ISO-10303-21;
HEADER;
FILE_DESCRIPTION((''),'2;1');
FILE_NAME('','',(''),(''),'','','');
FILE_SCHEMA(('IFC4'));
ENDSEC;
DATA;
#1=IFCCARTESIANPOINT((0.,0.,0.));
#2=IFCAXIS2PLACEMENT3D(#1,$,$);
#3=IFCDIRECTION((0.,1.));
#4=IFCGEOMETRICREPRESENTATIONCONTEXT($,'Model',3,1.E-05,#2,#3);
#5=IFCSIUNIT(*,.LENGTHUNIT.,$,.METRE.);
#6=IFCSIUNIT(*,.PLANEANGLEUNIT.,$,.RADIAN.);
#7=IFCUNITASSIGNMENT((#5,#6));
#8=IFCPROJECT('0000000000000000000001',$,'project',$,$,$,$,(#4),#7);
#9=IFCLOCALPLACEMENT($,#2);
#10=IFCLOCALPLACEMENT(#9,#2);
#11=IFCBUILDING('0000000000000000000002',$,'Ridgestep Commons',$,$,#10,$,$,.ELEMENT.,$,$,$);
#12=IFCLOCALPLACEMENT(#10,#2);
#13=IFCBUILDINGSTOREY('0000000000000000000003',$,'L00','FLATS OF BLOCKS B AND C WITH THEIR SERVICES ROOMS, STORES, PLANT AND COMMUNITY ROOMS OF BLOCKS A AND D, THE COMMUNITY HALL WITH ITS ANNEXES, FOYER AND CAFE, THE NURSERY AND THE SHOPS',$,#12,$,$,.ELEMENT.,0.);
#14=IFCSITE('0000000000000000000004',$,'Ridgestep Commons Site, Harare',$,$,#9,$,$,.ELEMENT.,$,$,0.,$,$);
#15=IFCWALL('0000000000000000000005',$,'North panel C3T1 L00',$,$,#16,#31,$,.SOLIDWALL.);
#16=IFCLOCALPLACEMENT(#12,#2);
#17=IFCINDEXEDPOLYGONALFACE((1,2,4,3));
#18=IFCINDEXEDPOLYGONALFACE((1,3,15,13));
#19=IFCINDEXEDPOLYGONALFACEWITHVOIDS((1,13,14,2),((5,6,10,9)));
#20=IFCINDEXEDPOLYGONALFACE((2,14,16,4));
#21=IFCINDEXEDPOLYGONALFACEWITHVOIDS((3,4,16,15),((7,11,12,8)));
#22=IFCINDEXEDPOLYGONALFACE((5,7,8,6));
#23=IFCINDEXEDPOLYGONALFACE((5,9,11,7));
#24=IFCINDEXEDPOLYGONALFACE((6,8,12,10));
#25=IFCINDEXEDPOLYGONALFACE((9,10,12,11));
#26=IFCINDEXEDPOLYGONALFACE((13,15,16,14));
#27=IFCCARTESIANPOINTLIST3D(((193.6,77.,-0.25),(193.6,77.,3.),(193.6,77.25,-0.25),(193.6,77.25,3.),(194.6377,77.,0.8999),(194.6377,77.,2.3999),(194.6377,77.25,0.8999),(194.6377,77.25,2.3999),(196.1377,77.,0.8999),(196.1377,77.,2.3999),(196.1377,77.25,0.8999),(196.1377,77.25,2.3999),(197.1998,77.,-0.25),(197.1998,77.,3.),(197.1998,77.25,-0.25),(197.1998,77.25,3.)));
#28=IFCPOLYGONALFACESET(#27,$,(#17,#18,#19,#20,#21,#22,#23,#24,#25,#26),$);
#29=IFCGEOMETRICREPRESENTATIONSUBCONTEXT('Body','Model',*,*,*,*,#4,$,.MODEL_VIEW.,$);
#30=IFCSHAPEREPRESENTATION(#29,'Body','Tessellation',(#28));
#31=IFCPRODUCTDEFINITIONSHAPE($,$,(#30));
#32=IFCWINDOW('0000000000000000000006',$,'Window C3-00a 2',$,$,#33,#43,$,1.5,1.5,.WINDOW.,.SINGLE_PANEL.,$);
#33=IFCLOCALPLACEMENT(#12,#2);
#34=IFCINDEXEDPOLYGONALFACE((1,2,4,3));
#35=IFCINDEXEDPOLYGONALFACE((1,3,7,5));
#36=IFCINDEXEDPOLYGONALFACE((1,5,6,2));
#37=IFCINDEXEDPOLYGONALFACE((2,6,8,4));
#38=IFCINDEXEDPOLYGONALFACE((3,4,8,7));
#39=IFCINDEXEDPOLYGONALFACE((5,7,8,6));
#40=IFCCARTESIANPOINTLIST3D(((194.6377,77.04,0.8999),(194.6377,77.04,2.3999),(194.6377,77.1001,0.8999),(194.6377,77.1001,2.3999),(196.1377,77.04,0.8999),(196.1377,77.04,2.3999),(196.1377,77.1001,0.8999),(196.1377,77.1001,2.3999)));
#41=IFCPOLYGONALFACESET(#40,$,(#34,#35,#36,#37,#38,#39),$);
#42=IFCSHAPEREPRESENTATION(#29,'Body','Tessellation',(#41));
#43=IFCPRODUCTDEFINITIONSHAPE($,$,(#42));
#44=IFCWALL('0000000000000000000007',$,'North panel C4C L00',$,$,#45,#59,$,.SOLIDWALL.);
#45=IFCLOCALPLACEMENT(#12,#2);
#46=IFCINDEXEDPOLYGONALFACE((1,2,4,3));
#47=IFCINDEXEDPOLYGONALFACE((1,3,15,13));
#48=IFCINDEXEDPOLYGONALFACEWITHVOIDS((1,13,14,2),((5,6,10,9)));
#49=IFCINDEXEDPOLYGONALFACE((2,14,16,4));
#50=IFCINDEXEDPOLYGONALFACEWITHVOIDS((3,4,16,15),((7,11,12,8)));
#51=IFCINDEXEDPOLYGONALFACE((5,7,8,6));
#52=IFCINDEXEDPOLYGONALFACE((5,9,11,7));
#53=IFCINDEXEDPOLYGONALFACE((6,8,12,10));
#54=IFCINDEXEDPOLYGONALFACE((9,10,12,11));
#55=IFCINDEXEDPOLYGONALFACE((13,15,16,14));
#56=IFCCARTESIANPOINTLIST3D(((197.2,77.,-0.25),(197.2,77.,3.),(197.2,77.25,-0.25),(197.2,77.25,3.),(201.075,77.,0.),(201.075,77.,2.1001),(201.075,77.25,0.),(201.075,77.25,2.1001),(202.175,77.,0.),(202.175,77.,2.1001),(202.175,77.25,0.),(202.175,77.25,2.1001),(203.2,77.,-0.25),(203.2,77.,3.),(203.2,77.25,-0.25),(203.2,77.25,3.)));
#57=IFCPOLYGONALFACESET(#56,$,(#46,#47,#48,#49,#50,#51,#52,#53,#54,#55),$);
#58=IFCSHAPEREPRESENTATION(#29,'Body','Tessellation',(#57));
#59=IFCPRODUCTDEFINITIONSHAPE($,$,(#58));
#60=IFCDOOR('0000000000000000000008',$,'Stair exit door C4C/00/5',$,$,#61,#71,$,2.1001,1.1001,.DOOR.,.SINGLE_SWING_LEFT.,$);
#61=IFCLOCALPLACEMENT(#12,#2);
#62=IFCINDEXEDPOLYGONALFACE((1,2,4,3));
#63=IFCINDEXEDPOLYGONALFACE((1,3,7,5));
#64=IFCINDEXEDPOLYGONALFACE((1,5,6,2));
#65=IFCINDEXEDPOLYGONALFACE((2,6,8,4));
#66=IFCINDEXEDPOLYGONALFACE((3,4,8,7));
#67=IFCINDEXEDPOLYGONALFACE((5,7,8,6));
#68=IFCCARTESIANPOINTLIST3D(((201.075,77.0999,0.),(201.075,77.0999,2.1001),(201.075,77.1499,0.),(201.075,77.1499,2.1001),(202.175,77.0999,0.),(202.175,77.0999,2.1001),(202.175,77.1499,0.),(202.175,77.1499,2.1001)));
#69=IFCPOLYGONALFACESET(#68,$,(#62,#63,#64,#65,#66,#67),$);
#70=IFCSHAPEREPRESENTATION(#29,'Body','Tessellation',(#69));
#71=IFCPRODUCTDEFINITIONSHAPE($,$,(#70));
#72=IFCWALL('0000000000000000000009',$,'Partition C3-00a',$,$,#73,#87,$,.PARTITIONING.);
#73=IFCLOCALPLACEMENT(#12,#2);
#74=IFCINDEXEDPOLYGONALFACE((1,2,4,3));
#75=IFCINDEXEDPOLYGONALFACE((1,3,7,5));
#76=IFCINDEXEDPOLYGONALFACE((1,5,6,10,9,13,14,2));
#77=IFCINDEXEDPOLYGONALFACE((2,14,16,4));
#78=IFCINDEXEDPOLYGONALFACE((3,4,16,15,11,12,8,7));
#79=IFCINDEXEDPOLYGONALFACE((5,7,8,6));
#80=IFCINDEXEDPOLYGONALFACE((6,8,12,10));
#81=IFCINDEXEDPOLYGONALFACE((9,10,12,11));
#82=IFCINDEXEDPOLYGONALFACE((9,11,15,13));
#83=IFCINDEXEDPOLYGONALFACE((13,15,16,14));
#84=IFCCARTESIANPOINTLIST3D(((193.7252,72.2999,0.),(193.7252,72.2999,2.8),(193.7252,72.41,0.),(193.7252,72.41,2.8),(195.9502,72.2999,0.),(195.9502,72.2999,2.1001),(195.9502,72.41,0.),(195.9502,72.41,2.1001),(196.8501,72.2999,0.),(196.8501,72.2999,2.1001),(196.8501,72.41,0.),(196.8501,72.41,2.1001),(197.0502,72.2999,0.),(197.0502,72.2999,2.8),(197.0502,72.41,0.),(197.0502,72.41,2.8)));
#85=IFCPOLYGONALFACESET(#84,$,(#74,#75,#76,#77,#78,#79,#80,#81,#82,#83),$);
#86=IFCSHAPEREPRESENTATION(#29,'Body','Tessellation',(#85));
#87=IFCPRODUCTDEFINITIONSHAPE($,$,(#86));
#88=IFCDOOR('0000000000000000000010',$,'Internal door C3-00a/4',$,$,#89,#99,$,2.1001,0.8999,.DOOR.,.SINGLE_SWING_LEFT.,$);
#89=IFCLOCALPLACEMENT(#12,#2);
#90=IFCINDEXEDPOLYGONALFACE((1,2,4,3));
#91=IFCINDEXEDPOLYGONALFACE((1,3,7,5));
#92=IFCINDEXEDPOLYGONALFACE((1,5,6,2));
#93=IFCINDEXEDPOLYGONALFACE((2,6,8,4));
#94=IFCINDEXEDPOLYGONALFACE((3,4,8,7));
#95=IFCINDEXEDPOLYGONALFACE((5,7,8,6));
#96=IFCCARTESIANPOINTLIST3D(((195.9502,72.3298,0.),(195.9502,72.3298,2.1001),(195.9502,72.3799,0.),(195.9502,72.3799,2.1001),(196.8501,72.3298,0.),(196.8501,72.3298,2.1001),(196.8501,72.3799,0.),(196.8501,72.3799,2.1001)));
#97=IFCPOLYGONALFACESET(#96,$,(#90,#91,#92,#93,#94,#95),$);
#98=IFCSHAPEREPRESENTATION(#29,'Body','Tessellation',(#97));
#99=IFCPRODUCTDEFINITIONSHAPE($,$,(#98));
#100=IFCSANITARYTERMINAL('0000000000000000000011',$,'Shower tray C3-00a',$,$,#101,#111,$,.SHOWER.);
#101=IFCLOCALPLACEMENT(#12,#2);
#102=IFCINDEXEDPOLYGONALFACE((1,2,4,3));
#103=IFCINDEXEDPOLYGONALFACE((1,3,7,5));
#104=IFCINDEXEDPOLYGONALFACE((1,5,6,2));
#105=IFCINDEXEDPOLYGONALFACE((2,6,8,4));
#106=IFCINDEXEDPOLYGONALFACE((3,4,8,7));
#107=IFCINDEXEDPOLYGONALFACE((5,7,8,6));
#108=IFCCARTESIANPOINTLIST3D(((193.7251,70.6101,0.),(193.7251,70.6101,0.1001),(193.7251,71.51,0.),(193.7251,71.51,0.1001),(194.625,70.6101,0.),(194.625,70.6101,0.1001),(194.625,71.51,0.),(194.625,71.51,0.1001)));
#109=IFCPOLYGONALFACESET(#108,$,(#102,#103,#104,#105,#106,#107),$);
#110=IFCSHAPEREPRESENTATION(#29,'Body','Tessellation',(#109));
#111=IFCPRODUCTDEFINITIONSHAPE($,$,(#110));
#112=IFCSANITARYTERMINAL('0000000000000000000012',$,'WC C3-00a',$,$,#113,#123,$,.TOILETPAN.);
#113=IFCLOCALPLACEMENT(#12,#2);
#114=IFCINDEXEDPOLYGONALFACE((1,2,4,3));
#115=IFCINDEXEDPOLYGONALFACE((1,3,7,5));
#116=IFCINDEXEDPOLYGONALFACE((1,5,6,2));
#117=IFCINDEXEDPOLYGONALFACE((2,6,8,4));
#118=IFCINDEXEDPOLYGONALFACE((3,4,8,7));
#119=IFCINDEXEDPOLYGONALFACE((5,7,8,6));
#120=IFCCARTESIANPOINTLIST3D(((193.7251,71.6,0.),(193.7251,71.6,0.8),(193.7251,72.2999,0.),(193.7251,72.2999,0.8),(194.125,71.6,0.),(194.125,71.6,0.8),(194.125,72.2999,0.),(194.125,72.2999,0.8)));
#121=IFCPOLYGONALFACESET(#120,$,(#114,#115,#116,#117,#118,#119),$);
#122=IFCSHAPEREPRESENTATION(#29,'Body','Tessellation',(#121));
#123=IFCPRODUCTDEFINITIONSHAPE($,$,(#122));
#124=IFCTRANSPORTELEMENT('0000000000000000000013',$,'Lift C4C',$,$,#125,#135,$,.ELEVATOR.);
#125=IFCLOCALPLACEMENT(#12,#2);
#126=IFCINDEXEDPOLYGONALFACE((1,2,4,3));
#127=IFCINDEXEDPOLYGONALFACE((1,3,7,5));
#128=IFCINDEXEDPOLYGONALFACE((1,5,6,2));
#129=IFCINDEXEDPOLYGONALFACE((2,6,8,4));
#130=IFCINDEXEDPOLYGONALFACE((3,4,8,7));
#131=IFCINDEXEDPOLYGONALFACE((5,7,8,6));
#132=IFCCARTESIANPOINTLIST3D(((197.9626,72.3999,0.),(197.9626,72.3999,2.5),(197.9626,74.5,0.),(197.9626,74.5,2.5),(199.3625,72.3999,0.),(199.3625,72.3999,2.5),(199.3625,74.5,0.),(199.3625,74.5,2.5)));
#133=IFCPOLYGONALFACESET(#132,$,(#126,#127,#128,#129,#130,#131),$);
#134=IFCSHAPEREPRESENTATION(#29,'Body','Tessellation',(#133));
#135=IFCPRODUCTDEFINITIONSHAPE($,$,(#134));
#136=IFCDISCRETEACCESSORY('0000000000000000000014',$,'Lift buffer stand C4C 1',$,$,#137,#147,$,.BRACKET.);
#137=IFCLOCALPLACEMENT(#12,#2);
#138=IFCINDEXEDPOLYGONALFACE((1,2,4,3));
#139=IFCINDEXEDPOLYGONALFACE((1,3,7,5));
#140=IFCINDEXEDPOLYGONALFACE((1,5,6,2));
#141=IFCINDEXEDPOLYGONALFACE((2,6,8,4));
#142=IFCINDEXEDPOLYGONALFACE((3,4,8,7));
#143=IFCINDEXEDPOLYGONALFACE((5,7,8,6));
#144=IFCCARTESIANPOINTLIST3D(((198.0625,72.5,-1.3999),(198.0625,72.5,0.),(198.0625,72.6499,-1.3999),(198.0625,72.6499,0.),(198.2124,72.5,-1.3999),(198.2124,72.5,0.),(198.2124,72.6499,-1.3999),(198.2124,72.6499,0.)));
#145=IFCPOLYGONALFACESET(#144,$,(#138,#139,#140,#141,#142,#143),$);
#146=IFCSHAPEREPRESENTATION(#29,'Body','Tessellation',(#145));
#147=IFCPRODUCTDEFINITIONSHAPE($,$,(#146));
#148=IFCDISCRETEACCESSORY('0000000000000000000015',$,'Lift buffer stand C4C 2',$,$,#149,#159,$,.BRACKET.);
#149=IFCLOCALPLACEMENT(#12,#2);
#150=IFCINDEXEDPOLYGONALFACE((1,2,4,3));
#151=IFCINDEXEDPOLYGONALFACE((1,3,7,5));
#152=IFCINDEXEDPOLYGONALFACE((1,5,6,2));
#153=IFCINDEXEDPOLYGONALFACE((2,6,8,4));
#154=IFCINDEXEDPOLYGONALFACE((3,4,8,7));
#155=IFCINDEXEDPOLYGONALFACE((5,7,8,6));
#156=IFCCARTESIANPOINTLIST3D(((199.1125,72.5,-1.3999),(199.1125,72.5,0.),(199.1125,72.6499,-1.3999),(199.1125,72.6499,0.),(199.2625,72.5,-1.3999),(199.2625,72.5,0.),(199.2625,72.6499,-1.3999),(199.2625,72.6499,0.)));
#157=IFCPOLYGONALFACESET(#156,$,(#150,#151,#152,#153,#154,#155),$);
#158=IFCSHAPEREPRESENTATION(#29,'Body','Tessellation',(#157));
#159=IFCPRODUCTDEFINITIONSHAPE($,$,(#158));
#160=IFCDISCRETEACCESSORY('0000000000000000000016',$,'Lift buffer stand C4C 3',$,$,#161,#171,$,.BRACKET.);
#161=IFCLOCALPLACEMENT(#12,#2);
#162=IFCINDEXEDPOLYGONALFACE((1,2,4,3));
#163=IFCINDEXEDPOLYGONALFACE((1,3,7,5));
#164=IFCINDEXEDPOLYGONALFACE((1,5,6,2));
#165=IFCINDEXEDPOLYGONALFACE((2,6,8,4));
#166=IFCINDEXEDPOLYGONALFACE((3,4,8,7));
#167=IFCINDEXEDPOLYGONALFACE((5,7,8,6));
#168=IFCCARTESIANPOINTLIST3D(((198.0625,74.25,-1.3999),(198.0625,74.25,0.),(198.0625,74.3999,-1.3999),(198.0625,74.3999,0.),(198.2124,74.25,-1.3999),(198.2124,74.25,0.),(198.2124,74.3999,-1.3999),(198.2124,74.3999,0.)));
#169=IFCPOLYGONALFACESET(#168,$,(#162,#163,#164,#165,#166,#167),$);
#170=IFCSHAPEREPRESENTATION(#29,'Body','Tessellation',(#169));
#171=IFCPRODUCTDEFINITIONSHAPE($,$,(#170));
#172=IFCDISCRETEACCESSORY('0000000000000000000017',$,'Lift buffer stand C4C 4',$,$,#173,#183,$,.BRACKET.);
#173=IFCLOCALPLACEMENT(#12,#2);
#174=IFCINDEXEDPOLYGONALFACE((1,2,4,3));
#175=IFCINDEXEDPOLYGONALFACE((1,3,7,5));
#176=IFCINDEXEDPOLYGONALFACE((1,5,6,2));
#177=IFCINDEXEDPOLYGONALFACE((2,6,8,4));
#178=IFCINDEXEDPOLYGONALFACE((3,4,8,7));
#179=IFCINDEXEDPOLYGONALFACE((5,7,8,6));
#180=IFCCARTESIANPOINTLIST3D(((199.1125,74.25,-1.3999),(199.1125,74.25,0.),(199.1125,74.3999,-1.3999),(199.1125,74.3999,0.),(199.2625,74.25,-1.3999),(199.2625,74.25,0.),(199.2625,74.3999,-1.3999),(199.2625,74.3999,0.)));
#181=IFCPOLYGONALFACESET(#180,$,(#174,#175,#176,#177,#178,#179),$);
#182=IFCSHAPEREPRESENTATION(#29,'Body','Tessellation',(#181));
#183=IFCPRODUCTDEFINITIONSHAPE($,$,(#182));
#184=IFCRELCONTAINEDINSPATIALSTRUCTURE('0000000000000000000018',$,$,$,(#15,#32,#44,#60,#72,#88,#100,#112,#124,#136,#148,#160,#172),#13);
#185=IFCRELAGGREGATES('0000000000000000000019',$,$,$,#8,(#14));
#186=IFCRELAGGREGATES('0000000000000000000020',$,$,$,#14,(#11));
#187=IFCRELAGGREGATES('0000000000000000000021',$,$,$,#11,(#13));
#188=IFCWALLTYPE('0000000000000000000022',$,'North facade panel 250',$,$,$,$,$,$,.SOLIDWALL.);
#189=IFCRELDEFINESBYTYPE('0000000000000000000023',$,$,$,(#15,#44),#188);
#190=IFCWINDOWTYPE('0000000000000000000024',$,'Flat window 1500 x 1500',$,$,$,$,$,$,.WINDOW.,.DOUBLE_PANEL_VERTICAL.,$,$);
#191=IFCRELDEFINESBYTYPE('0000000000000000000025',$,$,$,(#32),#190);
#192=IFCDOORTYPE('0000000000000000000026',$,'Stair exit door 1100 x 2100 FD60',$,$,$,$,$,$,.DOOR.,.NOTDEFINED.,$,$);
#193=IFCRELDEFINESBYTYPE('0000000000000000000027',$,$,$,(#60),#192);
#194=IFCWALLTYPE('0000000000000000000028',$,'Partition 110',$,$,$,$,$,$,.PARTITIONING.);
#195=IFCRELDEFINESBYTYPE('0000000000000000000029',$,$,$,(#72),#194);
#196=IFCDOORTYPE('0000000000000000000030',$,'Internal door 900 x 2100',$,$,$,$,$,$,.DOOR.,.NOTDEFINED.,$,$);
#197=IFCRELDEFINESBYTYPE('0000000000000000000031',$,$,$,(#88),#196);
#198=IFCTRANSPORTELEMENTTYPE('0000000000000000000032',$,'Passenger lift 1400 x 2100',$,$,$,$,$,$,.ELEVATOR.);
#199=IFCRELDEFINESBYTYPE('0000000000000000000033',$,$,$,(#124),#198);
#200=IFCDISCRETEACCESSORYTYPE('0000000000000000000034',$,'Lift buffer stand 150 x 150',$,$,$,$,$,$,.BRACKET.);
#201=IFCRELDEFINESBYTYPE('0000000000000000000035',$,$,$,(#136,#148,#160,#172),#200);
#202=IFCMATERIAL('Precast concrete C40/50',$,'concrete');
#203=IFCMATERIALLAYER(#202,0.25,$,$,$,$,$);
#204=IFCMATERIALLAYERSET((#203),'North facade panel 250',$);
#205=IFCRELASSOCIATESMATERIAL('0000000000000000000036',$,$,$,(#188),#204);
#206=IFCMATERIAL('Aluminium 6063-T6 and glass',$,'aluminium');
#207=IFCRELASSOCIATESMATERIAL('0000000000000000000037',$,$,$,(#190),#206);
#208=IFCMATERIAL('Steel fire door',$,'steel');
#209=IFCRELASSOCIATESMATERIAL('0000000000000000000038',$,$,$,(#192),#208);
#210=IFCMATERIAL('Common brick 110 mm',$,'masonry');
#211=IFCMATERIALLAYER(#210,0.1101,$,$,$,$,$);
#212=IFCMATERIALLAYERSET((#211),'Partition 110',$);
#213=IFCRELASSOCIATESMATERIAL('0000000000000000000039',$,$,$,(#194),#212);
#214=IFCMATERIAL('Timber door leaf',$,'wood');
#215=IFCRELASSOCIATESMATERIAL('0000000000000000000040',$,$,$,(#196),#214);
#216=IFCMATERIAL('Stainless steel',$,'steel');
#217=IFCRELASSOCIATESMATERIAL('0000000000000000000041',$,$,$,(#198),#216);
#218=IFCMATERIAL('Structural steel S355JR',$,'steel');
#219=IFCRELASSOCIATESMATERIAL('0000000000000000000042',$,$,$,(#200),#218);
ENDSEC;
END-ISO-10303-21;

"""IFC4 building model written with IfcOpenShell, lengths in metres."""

from ifc_helpers import new_model, si_unit, direction, frame, frame_2d, origin, origin_2d, place, context, subcontext, project, spatial, rectangle, extrude, material, layer, layer_set, type_object, element, fill, save


model = new_model("IFC4")

# Units and contexts
model_context = context("Model", 3, precision=1e-05, world=origin(), true_north=direction((0.0, 1.0)))
body_context = subcontext(model_context, "Body", "Model", "MODEL_VIEW")
ifc_project = project(units=[si_unit("LENGTHUNIT", "METRE"), si_unit("PLANEANGLEUNIT", "RADIAN")], contexts=[model_context])

# Site, building, storey
site_placement = place(None, origin())
site = spatial("IfcSite", under=ifc_project, at=site_placement, Name="Ridgestep Commons Site, Harare", CompositionType="ELEMENT", RefElevation=0.0)
building_placement = place(site_placement, origin())
building = spatial("IfcBuilding", under=site, at=building_placement, Name="Ridgestep Commons", CompositionType="ELEMENT")
storey_placement = place(building_placement, origin())
storey = spatial("IfcBuildingStorey", under=building, at=storey_placement, Name="L00", Description="FLATS OF BLOCKS B AND C WITH THEIR SERVICES ROOMS, STORES, PLANT AND COMMUNITY ROOMS OF BLOCKS A AND D, THE COMMUNITY HALL WITH ITS ANNEXES, FOYER AND CAFE, THE NURSERY AND THE SHOPS", CompositionType="ELEMENT", Elevation=0.0)

# Wall, opening, window
ifc_material_1 = material(Name="Precast concrete C40/50", Category="concrete")
ifc_layer_1 = layer(ifc_material_1, 0.25)
ifc_layer_set_1 = layer_set([ifc_layer_1], Name="North facade panel 250")
wall_type_1 = type_object("IfcWallType", Name="North facade panel 250", PredefinedType="SOLIDWALL", material=ifc_layer_set_1)
wall_1_placement = place(storey_placement, frame((193.6001, 77.125, -0.25), z_axis=(0.0, 0.0, 1.0), x_axis=(1.0, 0.0, 0.0)))
wall_1 = element("IfcWall", 1, at=wall_1_placement, inside=storey, type_object=wall_type_1, Name="North panel C3T1 L00", PredefinedType="SOLIDWALL", context=body_context, shape_type="SweptSolid", body=[
    extrude(rectangle(XDim=3.5999, YDim=0.25, at=frame_2d((1.7998, 0.0))), origin(), (0.0, 0.0, 1.0), 3.25),
])
opening_1_placement = place(wall_1_placement, frame((1.0376, 0.0, 1.1499)))
opening_1 = element("IfcOpeningElement", 2, at=opening_1_placement, cuts=wall_1, PredefinedType="OPENING", context=body_context, shape_type="SweptSolid", body=[
    extrude(rectangle(XDim=1.5, YDim=1.5, at=frame_2d((0.75, 0.75))), frame((0.0, 0.135, 0.0), z_axis=(0.0, -1.0, 0.0), x_axis=(1.0, 0.0, 0.0)), (0.0, 0.0, 1.0), 0.27),
])
ifc_material_2 = material(Name="Aluminium 6063-T6 and glass", Category="aluminium")
window_type = type_object("IfcWindowType", Name="Flat window 1500 x 1500", PartitioningType="DOUBLE_PANEL_VERTICAL", PredefinedType="WINDOW", material=ifc_material_2)
window_placement = place(opening_1_placement, origin())
window = element("IfcWindow", 3, at=window_placement, inside=storey, type_object=window_type, Name="Window C3-00a 2", OverallHeight=1.5, OverallWidth=1.5, PartitioningType="SINGLE_PANEL", PredefinedType="WINDOW", context=body_context, shape_type="SweptSolid", body=[
    extrude(rectangle(XDim=1.5, YDim=1.5, at=frame_2d((0.75, 0.75))), frame((0.0, -0.0249, 0.0), z_axis=(0.0, -1.0, 0.0), x_axis=(1.0, 0.0, 0.0)), (0.0, 0.0, 1.0), 0.0601),
])
fill(opening_1, window)

# Walls, openings, doors
wall_2_placement = place(storey_placement, frame((197.2, 77.125, -0.25), z_axis=(0.0, 0.0, 1.0), x_axis=(1.0, 0.0, 0.0)))
wall_2 = element("IfcWall", 4, at=wall_2_placement, inside=storey, type_object=wall_type_1, Name="North panel C4C L00", PredefinedType="SOLIDWALL", context=body_context, shape_type="SweptSolid", body=[
    extrude(rectangle(XDim=6.0, YDim=0.25, at=frame_2d((3.0, 0.0))), origin(), (0.0, 0.0, 1.0), 3.25),
])
opening_2_placement = place(wall_2_placement, frame((3.875, 0.0, 0.25)))
opening_2 = element("IfcOpeningElement", 5, at=opening_2_placement, cuts=wall_2, PredefinedType="OPENING", context=body_context, shape_type="SweptSolid", body=[
    extrude(rectangle(XDim=1.1001, YDim=2.1001, at=frame_2d((0.55, 1.05))), frame((0.0, 0.135, 0.0), z_axis=(0.0, -1.0, 0.0), x_axis=(1.0, 0.0, 0.0)), (0.0, 0.0, 1.0), 0.27),
])
ifc_material_3 = material(Name="Steel fire door", Category="steel")
door_type_1 = type_object("IfcDoorType", Name="Stair exit door 1100 x 2100 FD60", OperationType="NOTDEFINED", PredefinedType="DOOR", material=ifc_material_3)
door_1_placement = place(opening_2_placement, origin())
door_1 = element("IfcDoor", 6, at=door_1_placement, inside=storey, type_object=door_type_1, Name="Stair exit door C4C/00/5", OperationType="SINGLE_SWING_LEFT", OverallHeight=2.1001, OverallWidth=1.1001, PredefinedType="DOOR", context=body_context, shape_type="SweptSolid", body=[
    extrude(rectangle(XDim=1.1001, YDim=2.1001, at=frame_2d((0.55, 1.05))), frame((0.0, 0.0249, 0.0), z_axis=(0.0, -1.0, 0.0), x_axis=(1.0, 0.0, 0.0)), (0.0, 0.0, 1.0), 0.05),
])
fill(opening_2, door_1)
ifc_material_4 = material(Name="Common brick 110 mm", Category="masonry")
ifc_layer_2 = layer(ifc_material_4, 0.1101)
ifc_layer_set_2 = layer_set([ifc_layer_2], Name="Partition 110")
wall_type_2 = type_object("IfcWallType", Name="Partition 110", PredefinedType="PARTITIONING", material=ifc_layer_set_2)
wall_3_placement = place(storey_placement, frame((193.7251, 72.355, 0.0), z_axis=(0.0, 0.0, 1.0), x_axis=(1.0, 0.0, 0.0)))
wall_3 = element("IfcWall", 7, at=wall_3_placement, inside=storey, type_object=wall_type_2, Name="Partition C3-00a", PredefinedType="PARTITIONING", context=body_context, shape_type="SweptSolid", body=[
    extrude(rectangle(XDim=3.325, YDim=0.1101, at=frame_2d((1.6626, 0.0))), origin(), (0.0, 0.0, 1.0), 2.8),
])
opening_3_placement = place(wall_3_placement, frame((2.2251, 0.0, 0.0)))
opening_3 = element("IfcOpeningElement", 8, at=opening_3_placement, cuts=wall_3, PredefinedType="OPENING", context=body_context, shape_type="SweptSolid", body=[
    extrude(rectangle(XDim=0.8999, YDim=2.1001, at=frame_2d((0.45, 1.05))), frame((0.0, 0.0649, 0.0), z_axis=(0.0, -1.0, 0.0), x_axis=(1.0, 0.0, 0.0)), (0.0, 0.0, 1.0), 0.1301),
])
ifc_material_5 = material(Name="Timber door leaf", Category="wood")
door_type_2 = type_object("IfcDoorType", Name="Internal door 900 x 2100", OperationType="NOTDEFINED", PredefinedType="DOOR", material=ifc_material_5)
door_2_placement = place(opening_3_placement, origin())
door_2 = element("IfcDoor", 9, at=door_2_placement, inside=storey, type_object=door_type_2, Name="Internal door C3-00a/4", OperationType="SINGLE_SWING_LEFT", OverallHeight=2.1001, OverallWidth=0.8999, PredefinedType="DOOR", context=body_context, shape_type="SweptSolid", body=[
    extrude(rectangle(XDim=0.8999, YDim=2.1001, at=frame_2d((0.45, 1.05))), frame((0.0, 0.0249, 0.0), z_axis=(0.0, -1.0, 0.0), x_axis=(1.0, 0.0, 0.0)), (0.0, 0.0, 1.0), 0.05),
])
fill(opening_3, door_2)

# Sanitary terminals
sanitary_terminal_1_placement = place(storey_placement, frame((194.175, 71.0601, 0.0), z_axis=(0.0, 0.0, 1.0), x_axis=(1.0, 0.0, 0.0)))
element("IfcSanitaryTerminal", 10, at=sanitary_terminal_1_placement, inside=storey, Name="Shower tray C3-00a", PredefinedType="SHOWER", context=body_context, shape_type="SweptSolid", body=[
    extrude(rectangle(XDim=0.8999, YDim=0.8999, at=origin_2d()), origin(), (0.0, 0.0, 1.0), 0.1001),
])
sanitary_terminal_2_placement = place(storey_placement, frame((193.925, 71.95, 0.0), z_axis=(0.0, 0.0, 1.0), x_axis=(1.0, 0.0, 0.0)))
element("IfcSanitaryTerminal", 11, at=sanitary_terminal_2_placement, inside=storey, Name="WC C3-00a", PredefinedType="TOILETPAN", context=body_context, shape_type="SweptSolid", body=[
    extrude(rectangle(XDim=0.3999, YDim=0.7, at=origin_2d()), origin(), (0.0, 0.0, 1.0), 0.8),
])

# Transport element
ifc_material_6 = material(Name="Stainless steel", Category="steel")
transport_element_type = type_object("IfcTransportElementType", Name="Passenger lift 1400 x 2100", PredefinedType="ELEVATOR", material=ifc_material_6)
transport_element_placement = place(storey_placement, frame((198.6626, 73.45, 0.0), z_axis=(0.0, 0.0, 1.0), x_axis=(1.0, 0.0, 0.0)))
element("IfcTransportElement", 12, at=transport_element_placement, inside=storey, type_object=transport_element_type, Name="Lift C4C", PredefinedType="ELEVATOR", context=body_context, shape_type="SweptSolid", body=[
    extrude(rectangle(XDim=1.3999, YDim=2.1001, at=origin_2d()), origin(), (0.0, 0.0, 1.0), 2.5),
])

# Discrete accessories
ifc_material_7 = material(Name="Structural steel S355JR", Category="steel")
discrete_accessory_type_1 = type_object("IfcDiscreteAccessoryType", Name="Lift buffer stand 150 x 150", PredefinedType="BRACKET", material=ifc_material_7)
for number, where, z_axis, x_axis, name in (
    (13, (198.1375, 72.575, -1.3999), (0.0, 0.0, 1.0), (1.0, 0.0, 0.0), "Lift buffer stand C4C 1"),
    (14, (199.1875, 72.575, -1.3999), (0.0, 0.0, 1.0), (1.0, 0.0, 0.0), "Lift buffer stand C4C 2"),
    (15, (198.1375, 74.325, -1.3999), (0.0, 0.0, 1.0), (1.0, 0.0, 0.0), "Lift buffer stand C4C 3"),
    (16, (199.1875, 74.325, -1.3999), (0.0, 0.0, 1.0), (1.0, 0.0, 0.0), "Lift buffer stand C4C 4"),
):
    element("IfcDiscreteAccessory", number, at=place(storey_placement, frame(where, z_axis=z_axis, x_axis=x_axis)), inside=storey, type_object=discrete_accessory_type_1, Name=name, PredefinedType="BRACKET", context=body_context, shape_type="SweptSolid", body=[
        extrude(rectangle(XDim=0.1499, YDim=0.1499, at=origin_2d()), origin(), (0.0, 0.0, 1.0), 1.3999),
    ])

save(model, "model.ifc")
